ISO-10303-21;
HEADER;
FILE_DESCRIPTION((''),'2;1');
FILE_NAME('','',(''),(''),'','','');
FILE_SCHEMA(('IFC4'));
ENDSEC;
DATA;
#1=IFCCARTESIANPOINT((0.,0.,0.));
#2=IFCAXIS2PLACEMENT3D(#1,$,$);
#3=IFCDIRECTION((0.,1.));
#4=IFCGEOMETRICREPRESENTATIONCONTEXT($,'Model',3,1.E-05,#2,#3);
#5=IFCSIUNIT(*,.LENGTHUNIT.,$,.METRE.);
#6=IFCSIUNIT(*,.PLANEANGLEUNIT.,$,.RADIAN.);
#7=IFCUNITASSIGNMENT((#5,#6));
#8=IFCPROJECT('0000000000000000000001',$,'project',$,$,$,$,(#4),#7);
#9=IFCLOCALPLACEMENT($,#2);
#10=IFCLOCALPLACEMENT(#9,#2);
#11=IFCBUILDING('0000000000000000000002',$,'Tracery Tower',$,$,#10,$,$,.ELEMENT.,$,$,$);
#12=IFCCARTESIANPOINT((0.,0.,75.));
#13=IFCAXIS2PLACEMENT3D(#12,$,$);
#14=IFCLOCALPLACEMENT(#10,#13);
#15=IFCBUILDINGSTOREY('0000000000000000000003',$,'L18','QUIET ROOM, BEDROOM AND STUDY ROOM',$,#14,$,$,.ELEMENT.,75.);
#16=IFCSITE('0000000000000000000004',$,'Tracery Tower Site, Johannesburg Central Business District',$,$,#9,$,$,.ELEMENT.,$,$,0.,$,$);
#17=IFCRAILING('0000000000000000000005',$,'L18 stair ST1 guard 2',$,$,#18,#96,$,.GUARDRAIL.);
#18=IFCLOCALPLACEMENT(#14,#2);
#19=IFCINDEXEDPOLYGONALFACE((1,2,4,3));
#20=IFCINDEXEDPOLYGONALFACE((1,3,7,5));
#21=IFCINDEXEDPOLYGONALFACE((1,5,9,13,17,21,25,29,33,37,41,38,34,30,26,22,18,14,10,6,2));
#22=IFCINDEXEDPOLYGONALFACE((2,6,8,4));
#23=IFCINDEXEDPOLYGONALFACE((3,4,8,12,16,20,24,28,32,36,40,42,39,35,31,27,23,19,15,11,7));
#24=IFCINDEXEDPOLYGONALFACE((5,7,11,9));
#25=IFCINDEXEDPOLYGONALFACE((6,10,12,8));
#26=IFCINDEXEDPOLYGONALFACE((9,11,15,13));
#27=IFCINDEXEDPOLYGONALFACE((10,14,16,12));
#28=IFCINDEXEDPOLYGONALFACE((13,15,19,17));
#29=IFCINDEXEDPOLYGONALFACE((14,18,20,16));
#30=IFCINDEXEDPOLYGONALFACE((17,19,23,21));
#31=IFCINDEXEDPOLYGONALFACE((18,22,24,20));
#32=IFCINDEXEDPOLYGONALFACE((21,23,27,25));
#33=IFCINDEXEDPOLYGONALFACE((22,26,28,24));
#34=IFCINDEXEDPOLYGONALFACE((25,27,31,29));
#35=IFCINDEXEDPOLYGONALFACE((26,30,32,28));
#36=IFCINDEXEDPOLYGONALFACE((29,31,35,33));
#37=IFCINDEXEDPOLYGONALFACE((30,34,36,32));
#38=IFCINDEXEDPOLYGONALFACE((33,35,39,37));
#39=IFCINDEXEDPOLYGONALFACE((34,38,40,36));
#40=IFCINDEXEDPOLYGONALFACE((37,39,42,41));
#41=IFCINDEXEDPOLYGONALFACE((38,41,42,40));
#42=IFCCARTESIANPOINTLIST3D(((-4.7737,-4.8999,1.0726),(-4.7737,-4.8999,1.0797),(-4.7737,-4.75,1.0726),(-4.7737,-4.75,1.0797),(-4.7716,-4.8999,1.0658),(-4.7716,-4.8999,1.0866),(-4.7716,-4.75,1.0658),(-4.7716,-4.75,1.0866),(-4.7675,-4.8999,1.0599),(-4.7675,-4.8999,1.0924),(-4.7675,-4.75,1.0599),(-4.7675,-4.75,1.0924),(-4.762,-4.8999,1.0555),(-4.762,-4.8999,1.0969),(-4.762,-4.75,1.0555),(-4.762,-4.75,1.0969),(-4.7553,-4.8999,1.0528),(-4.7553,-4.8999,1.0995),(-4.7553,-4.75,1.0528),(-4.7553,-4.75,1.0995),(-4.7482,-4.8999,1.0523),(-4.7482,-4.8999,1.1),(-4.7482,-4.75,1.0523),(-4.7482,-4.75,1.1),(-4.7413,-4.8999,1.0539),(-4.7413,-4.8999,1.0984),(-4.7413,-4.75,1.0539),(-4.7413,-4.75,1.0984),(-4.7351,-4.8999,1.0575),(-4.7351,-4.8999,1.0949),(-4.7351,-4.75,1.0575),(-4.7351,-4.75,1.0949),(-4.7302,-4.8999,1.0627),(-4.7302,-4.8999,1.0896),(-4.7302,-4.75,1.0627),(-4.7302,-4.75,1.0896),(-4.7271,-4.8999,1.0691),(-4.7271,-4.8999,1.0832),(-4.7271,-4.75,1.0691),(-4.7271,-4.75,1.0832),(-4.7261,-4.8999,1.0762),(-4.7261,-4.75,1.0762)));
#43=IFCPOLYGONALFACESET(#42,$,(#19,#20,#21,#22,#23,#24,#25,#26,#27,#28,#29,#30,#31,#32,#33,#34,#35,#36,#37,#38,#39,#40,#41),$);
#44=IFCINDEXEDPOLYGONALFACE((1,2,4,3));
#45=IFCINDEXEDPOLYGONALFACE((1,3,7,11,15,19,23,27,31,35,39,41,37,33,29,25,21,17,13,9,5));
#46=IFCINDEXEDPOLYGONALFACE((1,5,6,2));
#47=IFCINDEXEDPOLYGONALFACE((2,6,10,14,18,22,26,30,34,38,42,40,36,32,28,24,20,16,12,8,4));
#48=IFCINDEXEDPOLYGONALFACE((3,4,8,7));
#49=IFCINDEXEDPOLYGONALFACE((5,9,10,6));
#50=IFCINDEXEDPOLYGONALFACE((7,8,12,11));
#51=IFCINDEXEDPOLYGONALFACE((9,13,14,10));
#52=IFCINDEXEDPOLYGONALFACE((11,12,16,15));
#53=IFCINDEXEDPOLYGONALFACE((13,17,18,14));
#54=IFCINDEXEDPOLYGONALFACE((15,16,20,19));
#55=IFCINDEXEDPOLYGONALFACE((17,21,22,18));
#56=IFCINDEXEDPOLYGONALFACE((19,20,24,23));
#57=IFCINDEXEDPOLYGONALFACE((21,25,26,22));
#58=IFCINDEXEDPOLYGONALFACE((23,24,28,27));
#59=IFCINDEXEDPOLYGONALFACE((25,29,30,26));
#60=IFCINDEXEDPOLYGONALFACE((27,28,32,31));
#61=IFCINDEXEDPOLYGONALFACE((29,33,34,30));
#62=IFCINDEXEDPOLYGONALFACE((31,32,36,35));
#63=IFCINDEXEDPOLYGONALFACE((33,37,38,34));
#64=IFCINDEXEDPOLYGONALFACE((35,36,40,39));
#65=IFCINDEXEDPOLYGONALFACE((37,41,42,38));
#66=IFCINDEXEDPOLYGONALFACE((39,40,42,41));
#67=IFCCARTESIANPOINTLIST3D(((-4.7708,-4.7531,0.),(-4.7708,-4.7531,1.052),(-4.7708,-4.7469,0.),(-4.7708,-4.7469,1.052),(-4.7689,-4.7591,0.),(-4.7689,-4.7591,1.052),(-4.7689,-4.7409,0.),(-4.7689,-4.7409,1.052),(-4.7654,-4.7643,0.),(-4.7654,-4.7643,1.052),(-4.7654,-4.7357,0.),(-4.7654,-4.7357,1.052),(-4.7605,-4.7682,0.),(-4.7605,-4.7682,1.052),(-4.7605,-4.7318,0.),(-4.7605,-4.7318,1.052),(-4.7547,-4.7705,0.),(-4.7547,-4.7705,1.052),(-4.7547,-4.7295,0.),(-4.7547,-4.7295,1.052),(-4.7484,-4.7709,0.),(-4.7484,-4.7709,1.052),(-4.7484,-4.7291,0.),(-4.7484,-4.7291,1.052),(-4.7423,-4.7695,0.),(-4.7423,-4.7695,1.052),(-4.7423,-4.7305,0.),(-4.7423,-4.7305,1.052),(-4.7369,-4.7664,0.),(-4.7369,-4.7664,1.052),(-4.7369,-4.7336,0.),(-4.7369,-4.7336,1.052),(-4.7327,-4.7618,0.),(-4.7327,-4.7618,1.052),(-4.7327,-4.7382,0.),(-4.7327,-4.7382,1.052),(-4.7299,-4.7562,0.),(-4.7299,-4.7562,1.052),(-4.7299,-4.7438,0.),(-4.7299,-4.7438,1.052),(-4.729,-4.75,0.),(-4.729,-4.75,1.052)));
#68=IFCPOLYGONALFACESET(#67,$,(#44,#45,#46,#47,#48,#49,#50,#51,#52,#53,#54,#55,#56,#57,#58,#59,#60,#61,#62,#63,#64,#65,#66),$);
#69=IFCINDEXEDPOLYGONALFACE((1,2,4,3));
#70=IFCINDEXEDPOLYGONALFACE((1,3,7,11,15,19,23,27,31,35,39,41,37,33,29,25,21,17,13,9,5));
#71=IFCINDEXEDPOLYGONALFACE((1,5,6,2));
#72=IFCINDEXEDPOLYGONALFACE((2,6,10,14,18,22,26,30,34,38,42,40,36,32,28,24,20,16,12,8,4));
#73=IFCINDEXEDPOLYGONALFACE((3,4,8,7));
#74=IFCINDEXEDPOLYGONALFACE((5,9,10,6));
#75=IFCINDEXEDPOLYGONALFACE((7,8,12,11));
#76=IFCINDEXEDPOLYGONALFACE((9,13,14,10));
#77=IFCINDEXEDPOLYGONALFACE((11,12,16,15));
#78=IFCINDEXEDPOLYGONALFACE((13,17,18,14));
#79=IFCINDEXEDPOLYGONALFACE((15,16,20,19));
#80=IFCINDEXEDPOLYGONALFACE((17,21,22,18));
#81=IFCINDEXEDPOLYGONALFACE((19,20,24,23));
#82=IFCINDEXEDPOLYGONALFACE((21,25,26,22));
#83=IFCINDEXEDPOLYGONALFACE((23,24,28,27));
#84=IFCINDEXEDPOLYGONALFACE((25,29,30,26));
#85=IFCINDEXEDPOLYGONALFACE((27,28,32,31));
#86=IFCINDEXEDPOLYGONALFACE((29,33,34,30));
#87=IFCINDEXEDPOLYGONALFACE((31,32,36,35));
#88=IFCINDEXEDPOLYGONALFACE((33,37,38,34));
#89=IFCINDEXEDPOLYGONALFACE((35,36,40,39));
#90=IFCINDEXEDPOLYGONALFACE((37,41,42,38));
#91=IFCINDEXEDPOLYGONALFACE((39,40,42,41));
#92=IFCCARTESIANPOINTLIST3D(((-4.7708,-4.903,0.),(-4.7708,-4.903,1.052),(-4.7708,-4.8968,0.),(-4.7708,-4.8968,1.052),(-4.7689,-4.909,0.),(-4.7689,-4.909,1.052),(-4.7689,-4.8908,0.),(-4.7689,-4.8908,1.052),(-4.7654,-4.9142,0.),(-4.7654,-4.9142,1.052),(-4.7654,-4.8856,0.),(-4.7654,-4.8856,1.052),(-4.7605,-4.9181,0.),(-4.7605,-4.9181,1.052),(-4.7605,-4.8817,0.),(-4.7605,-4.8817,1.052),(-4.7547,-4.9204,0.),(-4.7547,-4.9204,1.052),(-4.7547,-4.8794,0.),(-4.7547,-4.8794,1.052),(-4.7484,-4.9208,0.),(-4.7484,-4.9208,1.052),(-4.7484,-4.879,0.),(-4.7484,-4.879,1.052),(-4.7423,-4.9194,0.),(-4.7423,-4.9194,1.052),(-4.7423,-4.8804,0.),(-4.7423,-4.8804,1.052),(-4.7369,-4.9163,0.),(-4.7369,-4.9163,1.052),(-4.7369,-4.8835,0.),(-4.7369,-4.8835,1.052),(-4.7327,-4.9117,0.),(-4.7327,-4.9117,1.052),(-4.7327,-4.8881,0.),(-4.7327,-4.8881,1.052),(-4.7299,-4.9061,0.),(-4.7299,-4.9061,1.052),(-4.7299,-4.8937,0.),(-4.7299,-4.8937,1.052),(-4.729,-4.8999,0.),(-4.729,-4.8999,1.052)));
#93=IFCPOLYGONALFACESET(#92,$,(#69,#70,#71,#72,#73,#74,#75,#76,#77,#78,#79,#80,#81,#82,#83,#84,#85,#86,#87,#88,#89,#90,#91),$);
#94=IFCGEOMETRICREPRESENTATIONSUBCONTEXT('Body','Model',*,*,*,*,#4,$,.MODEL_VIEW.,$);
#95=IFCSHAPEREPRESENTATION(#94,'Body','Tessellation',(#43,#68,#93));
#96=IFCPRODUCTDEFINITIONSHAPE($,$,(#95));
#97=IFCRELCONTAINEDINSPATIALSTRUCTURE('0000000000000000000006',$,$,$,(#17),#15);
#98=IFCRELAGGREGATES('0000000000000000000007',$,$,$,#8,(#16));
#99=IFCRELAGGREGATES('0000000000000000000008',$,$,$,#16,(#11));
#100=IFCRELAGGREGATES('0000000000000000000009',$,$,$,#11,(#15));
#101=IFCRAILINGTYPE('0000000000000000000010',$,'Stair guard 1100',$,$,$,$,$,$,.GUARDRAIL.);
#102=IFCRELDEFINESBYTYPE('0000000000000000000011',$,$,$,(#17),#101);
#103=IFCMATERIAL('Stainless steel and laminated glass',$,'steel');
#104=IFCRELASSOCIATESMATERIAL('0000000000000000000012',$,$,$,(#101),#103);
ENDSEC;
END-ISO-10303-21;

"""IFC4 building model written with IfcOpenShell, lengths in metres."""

from ifc_helpers import new_model, si_unit, direction, frame, origin, origin_2d, place, context, subcontext, project, spatial, circle, extrude, material, type_object, element, save


model = new_model("IFC4")

# Units and contexts
model_context = context("Model", 3, precision=1e-05, world=origin(), true_north=direction((0.0, 1.0)))
body_context = subcontext(model_context, "Body", "Model", "MODEL_VIEW")
ifc_project = project(units=[si_unit("LENGTHUNIT", "METRE"), si_unit("PLANEANGLEUNIT", "RADIAN")], contexts=[model_context])

# Site, building, storey
site_placement = place(None, origin())
site = spatial("IfcSite", under=ifc_project, at=site_placement, Name="Tracery Tower Site, Johannesburg Central Business District", CompositionType="ELEMENT", RefElevation=0.0)
building_placement = place(site_placement, origin())
building = spatial("IfcBuilding", under=site, at=building_placement, Name="Tracery Tower", CompositionType="ELEMENT")
storey_placement = place(building_placement, frame((0.0, 0.0, 75.0)))
storey = spatial("IfcBuildingStorey", under=building, at=storey_placement, Name="L18", Description="QUIET ROOM, BEDROOM AND STUDY ROOM", CompositionType="ELEMENT", Elevation=75.0)

# Railing
ifc_material_1 = material(Name="Stainless steel and laminated glass", Category="steel")
railing_type_1 = type_object("IfcRailingType", Name="Stair guard 1100", PredefinedType="GUARDRAIL", material=ifc_material_1)
railing_1_placement = place(storey_placement, frame((-4.75, -4.75, 0.0)))
element("IfcRailing", 1, at=railing_1_placement, inside=storey, type_object=railing_type_1, Name="L18 stair ST1 guard 2", PredefinedType="GUARDRAIL", context=body_context, shape_type="SweptSolid", body=[
    extrude(circle(Radius=0.0239, at=origin_2d()), frame((0.0, 0.0, 1.0762), z_axis=(0.0, -1.0, 0.0), x_axis=(1.0, 0.0, 0.0)), (0.0, 0.0, 1.0), 0.1499),
    extrude(circle(Radius=0.021, at=origin_2d()), origin(), (0.0, 0.0, 1.0), 1.052),
    extrude(circle(Radius=0.021, at=origin_2d()), frame((0.0, -0.1499, 0.0)), (0.0, 0.0, 1.0), 1.052),
])

save(model, "model.ifc")
